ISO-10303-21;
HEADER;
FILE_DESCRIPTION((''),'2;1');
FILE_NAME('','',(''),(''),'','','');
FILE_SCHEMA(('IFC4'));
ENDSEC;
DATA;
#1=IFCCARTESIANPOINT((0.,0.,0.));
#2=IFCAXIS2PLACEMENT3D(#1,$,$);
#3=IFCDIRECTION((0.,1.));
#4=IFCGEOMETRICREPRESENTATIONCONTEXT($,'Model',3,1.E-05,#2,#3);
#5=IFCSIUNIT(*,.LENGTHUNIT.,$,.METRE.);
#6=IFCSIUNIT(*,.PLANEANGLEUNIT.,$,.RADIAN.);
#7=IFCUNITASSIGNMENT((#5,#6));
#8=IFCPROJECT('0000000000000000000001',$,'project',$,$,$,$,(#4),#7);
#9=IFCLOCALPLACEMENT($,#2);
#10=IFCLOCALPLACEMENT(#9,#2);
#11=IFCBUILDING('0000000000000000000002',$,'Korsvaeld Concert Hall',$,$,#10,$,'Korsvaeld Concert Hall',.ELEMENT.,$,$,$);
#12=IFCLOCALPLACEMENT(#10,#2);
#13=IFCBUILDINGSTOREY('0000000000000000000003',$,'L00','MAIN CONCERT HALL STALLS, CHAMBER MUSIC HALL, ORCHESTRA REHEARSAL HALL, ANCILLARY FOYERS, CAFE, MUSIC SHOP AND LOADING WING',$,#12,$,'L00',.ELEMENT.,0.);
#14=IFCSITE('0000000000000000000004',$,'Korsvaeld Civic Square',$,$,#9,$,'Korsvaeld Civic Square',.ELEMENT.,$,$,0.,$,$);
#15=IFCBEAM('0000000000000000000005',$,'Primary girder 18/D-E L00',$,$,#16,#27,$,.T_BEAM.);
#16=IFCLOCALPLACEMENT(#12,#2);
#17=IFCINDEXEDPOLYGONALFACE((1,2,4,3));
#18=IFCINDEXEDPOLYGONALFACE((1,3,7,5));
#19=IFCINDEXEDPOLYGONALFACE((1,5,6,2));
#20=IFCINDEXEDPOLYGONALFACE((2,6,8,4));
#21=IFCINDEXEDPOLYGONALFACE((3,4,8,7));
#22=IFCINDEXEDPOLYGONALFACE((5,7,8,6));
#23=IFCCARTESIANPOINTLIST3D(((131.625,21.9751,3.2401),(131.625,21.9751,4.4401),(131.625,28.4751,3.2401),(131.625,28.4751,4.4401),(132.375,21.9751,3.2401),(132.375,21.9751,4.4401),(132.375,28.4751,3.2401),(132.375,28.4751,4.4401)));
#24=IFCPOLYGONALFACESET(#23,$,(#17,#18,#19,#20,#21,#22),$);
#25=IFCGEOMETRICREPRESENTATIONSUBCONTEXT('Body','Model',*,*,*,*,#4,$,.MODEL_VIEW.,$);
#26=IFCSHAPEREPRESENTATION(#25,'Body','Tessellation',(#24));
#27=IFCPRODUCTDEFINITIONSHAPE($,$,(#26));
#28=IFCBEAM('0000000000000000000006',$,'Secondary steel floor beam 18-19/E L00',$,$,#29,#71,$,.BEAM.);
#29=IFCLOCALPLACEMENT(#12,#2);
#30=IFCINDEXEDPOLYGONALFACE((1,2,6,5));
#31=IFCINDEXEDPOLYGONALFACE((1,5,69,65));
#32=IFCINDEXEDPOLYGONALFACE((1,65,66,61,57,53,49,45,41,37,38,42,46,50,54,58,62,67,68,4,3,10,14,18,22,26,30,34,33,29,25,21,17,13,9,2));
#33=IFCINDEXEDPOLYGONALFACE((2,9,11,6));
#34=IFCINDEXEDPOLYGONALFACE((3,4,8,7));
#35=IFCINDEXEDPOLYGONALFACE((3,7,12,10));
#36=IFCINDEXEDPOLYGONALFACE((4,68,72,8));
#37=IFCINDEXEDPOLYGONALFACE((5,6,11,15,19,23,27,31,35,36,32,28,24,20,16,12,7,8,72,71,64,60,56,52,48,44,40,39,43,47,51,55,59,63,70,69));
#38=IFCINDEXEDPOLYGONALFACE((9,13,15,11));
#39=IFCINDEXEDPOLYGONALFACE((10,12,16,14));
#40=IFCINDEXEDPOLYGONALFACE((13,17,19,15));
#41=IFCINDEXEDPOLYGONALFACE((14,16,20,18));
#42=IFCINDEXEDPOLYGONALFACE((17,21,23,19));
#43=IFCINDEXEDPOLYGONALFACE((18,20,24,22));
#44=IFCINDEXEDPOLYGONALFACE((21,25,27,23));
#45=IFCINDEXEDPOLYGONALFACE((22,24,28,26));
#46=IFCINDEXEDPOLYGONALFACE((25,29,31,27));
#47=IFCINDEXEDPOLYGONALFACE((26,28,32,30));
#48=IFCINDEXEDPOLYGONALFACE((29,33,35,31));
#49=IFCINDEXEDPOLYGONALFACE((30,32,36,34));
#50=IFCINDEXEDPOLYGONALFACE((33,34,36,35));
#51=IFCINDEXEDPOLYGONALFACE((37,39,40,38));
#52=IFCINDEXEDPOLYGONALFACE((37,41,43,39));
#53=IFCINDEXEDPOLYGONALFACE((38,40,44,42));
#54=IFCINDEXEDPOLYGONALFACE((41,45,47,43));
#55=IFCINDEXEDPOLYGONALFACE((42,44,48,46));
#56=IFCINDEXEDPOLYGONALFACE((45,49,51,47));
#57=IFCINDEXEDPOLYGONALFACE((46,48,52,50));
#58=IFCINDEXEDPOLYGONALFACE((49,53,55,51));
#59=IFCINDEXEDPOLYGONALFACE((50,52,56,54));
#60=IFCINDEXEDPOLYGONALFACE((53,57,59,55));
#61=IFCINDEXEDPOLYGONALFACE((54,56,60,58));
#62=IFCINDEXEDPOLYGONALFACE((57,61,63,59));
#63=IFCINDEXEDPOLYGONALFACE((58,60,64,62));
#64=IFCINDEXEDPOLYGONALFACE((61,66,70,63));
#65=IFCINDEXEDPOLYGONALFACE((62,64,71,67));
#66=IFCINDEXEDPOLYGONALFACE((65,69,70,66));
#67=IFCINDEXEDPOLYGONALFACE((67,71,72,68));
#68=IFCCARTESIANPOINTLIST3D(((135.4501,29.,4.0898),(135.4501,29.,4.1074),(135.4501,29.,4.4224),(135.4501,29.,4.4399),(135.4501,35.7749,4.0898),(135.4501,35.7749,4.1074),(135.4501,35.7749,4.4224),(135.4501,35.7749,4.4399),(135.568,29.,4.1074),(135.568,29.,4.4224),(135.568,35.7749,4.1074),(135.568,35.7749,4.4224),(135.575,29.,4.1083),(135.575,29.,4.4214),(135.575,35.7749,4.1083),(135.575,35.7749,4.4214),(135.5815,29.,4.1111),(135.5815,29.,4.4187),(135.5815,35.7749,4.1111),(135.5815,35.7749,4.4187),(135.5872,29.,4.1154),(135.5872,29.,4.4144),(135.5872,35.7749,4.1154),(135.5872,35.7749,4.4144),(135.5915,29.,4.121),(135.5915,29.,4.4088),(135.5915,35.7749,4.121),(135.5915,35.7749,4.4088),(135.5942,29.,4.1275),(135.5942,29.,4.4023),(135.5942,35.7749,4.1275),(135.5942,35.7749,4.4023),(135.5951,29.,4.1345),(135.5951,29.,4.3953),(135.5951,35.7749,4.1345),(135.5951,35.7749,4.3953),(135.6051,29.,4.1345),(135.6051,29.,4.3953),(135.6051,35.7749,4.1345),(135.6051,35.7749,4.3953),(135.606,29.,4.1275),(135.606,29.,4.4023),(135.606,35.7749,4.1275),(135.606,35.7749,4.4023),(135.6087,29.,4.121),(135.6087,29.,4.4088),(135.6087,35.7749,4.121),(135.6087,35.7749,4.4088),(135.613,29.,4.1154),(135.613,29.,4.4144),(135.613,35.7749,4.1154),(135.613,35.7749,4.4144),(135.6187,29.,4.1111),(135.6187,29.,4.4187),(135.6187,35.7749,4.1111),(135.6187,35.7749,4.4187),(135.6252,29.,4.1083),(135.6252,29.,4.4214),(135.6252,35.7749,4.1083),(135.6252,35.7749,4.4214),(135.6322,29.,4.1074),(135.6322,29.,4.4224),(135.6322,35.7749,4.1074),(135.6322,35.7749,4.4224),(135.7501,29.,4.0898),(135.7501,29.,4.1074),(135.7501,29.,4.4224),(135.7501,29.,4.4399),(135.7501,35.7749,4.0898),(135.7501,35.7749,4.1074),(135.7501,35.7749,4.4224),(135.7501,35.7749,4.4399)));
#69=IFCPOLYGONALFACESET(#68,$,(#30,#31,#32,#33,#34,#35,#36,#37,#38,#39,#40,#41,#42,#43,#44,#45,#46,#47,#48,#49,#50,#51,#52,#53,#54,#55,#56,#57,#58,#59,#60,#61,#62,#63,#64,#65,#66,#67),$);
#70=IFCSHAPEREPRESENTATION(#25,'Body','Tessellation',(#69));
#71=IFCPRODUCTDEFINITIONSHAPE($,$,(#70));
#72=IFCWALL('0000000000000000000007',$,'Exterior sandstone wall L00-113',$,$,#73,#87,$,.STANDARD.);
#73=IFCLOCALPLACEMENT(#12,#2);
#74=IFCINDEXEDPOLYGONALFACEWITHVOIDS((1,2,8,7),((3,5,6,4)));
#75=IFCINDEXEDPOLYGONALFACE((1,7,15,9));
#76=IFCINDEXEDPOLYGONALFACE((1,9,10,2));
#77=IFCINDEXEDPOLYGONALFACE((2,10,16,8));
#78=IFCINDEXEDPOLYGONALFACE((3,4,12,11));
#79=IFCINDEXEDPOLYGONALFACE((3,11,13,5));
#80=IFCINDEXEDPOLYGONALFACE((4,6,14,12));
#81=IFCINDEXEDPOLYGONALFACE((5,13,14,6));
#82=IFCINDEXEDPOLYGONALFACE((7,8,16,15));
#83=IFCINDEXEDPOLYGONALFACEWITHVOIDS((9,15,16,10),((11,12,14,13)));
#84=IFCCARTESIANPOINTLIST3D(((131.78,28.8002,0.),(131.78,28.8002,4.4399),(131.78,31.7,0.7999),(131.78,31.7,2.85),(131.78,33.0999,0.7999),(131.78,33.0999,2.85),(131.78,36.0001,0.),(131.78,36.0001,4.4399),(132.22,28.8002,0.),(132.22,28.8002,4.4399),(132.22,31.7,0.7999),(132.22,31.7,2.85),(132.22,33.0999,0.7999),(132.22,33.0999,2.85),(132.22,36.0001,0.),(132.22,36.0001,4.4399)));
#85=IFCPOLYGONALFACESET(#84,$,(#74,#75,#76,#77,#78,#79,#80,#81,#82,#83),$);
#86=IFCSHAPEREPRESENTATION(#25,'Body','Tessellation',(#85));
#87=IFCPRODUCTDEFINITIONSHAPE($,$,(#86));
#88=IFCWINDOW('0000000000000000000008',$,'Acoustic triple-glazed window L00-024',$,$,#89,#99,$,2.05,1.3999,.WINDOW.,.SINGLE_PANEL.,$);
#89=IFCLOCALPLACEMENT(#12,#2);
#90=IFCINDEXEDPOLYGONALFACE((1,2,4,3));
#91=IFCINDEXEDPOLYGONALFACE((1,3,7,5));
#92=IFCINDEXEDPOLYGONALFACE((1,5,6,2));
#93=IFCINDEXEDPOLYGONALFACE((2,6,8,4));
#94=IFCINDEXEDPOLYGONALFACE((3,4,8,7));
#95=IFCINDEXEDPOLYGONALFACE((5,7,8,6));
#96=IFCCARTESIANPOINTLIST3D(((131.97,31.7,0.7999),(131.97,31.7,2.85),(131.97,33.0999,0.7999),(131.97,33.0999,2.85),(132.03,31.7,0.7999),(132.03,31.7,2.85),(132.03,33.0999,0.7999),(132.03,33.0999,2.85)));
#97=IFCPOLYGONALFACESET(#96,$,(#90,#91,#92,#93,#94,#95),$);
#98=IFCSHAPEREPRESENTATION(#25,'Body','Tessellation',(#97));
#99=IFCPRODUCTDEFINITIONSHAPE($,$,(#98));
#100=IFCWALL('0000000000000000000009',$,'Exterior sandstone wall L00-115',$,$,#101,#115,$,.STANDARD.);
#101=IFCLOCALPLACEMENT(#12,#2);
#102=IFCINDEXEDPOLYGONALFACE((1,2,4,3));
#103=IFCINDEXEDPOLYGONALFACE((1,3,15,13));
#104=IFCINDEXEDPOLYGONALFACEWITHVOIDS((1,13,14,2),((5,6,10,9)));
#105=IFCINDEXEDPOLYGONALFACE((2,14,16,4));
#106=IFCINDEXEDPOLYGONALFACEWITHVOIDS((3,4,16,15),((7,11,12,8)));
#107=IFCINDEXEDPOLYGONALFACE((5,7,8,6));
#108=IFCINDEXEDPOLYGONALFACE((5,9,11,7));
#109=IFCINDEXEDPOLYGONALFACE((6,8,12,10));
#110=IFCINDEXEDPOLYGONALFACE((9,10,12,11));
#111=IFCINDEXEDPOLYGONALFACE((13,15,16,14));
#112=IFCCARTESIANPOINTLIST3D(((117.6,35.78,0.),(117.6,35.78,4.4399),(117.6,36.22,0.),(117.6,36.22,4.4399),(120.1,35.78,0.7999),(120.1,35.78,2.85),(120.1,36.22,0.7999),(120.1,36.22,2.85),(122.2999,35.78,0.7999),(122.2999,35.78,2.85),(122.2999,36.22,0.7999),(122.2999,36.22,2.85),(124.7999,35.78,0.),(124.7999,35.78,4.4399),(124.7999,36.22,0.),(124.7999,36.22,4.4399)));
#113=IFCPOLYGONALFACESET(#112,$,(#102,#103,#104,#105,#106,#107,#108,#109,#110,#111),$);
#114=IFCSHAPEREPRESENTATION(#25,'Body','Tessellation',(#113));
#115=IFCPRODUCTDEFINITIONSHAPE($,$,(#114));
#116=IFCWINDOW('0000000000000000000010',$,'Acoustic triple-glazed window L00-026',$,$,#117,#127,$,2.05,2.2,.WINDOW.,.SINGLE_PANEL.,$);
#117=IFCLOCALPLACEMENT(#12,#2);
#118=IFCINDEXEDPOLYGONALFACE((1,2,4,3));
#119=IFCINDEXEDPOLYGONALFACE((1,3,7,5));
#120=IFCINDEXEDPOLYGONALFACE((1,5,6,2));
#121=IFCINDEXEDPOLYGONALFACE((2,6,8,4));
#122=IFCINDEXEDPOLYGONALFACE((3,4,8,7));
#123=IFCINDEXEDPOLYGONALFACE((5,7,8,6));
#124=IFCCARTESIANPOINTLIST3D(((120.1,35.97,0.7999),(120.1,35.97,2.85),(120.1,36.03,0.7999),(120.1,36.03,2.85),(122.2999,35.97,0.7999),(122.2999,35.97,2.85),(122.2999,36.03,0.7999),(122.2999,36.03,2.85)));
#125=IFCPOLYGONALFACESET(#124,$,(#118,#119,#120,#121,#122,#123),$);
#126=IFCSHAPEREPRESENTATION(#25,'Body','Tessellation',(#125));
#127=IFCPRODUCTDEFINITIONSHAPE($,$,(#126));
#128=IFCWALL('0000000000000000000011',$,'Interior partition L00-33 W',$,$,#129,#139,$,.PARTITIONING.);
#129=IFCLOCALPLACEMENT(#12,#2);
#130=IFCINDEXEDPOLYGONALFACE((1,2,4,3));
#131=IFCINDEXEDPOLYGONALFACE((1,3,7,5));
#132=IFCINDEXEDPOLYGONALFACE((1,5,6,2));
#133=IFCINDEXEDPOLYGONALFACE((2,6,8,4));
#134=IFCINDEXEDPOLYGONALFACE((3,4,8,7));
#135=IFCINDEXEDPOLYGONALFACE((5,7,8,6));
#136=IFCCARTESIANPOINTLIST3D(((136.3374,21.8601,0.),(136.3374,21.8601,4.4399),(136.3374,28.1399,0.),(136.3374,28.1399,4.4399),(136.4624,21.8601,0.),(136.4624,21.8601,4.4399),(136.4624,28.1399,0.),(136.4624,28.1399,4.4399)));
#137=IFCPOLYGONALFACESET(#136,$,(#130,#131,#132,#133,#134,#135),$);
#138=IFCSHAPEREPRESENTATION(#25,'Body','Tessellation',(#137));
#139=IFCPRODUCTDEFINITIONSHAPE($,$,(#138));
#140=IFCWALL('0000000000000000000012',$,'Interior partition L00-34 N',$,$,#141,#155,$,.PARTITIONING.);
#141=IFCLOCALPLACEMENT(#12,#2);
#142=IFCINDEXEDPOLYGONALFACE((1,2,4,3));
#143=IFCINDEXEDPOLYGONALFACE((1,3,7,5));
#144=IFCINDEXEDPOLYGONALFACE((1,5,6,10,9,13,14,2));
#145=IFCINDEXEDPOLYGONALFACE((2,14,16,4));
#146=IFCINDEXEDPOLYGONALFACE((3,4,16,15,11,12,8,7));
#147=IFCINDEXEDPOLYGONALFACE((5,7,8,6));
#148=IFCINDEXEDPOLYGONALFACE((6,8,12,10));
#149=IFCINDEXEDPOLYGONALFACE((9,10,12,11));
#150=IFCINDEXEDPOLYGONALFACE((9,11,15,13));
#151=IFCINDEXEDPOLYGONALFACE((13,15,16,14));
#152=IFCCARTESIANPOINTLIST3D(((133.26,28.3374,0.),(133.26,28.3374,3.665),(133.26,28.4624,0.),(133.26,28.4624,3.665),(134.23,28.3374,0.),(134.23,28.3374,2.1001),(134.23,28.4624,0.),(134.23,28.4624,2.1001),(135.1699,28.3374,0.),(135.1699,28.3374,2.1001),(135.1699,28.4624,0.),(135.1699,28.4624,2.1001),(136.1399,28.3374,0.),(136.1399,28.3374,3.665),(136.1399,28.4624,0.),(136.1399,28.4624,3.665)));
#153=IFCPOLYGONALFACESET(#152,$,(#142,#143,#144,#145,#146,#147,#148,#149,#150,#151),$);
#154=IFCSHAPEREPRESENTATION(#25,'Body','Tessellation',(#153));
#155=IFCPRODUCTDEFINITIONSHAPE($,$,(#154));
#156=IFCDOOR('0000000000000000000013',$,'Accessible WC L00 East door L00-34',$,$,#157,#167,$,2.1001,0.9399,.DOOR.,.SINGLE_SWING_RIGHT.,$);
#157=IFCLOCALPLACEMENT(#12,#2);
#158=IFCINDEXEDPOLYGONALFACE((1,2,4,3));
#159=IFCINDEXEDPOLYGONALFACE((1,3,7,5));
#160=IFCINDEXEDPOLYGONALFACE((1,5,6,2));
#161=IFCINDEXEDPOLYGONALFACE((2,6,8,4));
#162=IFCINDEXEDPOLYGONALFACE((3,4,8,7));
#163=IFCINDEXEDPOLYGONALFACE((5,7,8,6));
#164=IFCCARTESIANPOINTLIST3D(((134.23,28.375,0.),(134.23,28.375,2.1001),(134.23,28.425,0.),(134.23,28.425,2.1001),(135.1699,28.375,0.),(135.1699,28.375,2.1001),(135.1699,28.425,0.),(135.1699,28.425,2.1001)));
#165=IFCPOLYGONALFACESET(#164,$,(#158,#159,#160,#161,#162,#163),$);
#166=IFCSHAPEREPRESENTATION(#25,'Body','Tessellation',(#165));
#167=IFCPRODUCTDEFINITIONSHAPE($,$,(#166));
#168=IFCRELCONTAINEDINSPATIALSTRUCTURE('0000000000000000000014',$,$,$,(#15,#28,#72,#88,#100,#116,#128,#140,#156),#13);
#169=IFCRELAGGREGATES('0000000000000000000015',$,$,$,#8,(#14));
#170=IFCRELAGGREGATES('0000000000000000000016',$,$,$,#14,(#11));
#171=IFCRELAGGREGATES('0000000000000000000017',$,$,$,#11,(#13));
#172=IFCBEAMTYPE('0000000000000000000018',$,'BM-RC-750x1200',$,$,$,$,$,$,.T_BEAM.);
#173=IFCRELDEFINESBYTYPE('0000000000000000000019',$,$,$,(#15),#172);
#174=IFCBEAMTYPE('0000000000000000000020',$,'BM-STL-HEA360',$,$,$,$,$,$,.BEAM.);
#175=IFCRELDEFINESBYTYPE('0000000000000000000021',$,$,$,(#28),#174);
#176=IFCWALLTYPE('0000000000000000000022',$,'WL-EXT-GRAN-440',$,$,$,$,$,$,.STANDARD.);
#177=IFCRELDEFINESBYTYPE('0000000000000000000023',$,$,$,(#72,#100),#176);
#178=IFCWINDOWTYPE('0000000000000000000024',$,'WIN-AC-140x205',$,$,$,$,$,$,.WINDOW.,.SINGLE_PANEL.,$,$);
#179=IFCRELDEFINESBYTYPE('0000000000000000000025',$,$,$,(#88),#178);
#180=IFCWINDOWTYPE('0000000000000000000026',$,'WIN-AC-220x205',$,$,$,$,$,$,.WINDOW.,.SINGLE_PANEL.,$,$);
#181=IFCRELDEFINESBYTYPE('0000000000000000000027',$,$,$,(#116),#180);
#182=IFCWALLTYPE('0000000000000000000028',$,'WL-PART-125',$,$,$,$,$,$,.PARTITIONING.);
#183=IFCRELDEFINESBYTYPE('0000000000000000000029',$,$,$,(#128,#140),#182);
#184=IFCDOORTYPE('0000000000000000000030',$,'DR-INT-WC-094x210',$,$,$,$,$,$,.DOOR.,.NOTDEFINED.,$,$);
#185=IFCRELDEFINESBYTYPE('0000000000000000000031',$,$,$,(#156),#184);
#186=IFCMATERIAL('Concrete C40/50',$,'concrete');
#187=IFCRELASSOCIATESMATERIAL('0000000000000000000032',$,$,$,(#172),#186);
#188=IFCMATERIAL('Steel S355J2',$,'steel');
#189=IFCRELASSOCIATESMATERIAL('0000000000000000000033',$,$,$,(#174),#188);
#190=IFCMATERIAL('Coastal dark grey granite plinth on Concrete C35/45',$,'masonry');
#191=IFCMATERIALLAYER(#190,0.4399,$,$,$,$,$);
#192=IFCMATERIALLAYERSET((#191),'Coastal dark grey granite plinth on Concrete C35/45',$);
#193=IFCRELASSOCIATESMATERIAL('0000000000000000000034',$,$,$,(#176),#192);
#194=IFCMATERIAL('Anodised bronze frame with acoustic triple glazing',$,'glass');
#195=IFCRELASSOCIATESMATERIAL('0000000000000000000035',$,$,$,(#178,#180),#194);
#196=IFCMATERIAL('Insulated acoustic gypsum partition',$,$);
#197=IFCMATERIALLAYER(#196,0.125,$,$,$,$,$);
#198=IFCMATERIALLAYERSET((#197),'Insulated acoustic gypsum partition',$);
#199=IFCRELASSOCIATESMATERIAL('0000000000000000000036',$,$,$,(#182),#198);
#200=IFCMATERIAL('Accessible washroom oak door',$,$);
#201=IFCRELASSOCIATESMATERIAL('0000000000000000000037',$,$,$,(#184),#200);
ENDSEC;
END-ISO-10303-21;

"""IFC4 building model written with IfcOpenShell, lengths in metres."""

from ifc_helpers import new_model, si_unit, direction, frame, frame_2d, origin, origin_2d, place, context, subcontext, project, spatial, rectangle, i_section, extrude, material, layer, layer_set, material_profile, profile_set, type_object, element, fill, save


model = new_model("IFC4")

# Units and contexts
model_context = context("Model", 3, precision=1e-05, world=origin(), true_north=direction((0.0, 1.0)))
body_context = subcontext(model_context, "Body", "Model", "MODEL_VIEW")
ifc_project = project(units=[si_unit("LENGTHUNIT", "METRE"), si_unit("PLANEANGLEUNIT", "RADIAN")], contexts=[model_context])

# Site, building, storey
site_placement = place(None, origin())
site = spatial("IfcSite", under=ifc_project, at=site_placement, Name="Korsvaeld Civic Square", LongName="Korsvaeld Civic Square", CompositionType="ELEMENT", RefElevation=0.0)
building_placement = place(site_placement, origin())
building = spatial("IfcBuilding", under=site, at=building_placement, Name="Korsvaeld Concert Hall", LongName="Korsvaeld Concert Hall", CompositionType="ELEMENT")
storey_placement = place(building_placement, origin())
storey = spatial("IfcBuildingStorey", under=building, at=storey_placement, Name="L00", Description="MAIN CONCERT HALL STALLS, CHAMBER MUSIC HALL, ORCHESTRA REHEARSAL HALL, ANCILLARY FOYERS, CAFE, MUSIC SHOP AND LOADING WING", LongName="L00", CompositionType="ELEMENT", Elevation=0.0)

# Shared definitions
ifc_material_1 = material(Name="Concrete C40/50", Category="concrete")

# Beams
ifc_material_profile_1 = material_profile(ifc_material_1, rectangle(XDim=0.75, YDim=1.2, at=origin_2d()), Name="RC 750x1200")
ifc_profile_set_1 = profile_set([ifc_material_profile_1], Name="Concrete C40/50")
beam_type_1 = type_object("IfcBeamType", Name="BM-RC-750x1200", PredefinedType="T_BEAM", material=ifc_profile_set_1)
beam_1_placement = place(storey_placement, frame((132.0, 21.9751, 3.8401), z_axis=(0.0, 1.0, 0.0), x_axis=(-1.0, 0.0, 0.0)))
element("IfcBeam", 1, at=beam_1_placement, inside=storey, type_object=beam_type_1, Name="Primary girder 18/D-E L00", PredefinedType="T_BEAM", context=body_context, shape_type="SweptSolid", body=[
    extrude(rectangle(XDim=0.75, YDim=1.2, at=origin_2d()), origin(), (0.0, 0.0, 1.0), 6.5),
])
ifc_material_2 = material(Name="Steel S355J2", Category="steel")
ifc_material_profile_2 = material_profile(ifc_material_2, i_section(OverallWidth=0.3, OverallDepth=0.3501, WebThickness=0.01, FlangeThickness=0.0176, FilletRadius=0.0271, at=origin_2d()), Name="HEA 360")
ifc_profile_set_2 = profile_set([ifc_material_profile_2], Name="Steel S355J2")
beam_type_2 = type_object("IfcBeamType", Name="BM-STL-HEA360", PredefinedType="BEAM", material=ifc_profile_set_2)
beam_2_placement = place(storey_placement, frame((135.6001, 29.0, 4.2649), z_axis=(0.0, 1.0, 0.0), x_axis=(-1.0, 0.0, 0.0)))
element("IfcBeam", 2, at=beam_2_placement, inside=storey, type_object=beam_type_2, Name="Secondary steel floor beam 18-19/E L00", PredefinedType="BEAM", context=body_context, shape_type="SweptSolid", body=[
    extrude(i_section(OverallWidth=0.3, OverallDepth=0.3501, WebThickness=0.01, FlangeThickness=0.0176, FilletRadius=0.0271, at=origin_2d()), origin(), (0.0, 0.0, 1.0), 6.7749),
])

# Walls, openings, windows
ifc_material_3 = material(Name="Coastal dark grey granite plinth on Concrete C35/45", Category="masonry")
ifc_layer_1 = layer(ifc_material_3, 0.4399)
ifc_layer_set_1 = layer_set([ifc_layer_1], Name="Coastal dark grey granite plinth on Concrete C35/45")
wall_type_1 = type_object("IfcWallType", Name="WL-EXT-GRAN-440", PredefinedType="STANDARD", material=ifc_layer_set_1)
wall_1_placement = place(storey_placement, frame((132.0, 28.8, 0.0), z_axis=(0.0, 0.0, 1.0), x_axis=(0.0, 1.0, 0.0)))
wall_1 = element("IfcWall", 3, at=wall_1_placement, inside=storey, type_object=wall_type_1, Name="Exterior sandstone wall L00-113", PredefinedType="STANDARD", context=body_context, shape_type="SweptSolid", body=[
    extrude(rectangle(XDim=7.2, YDim=0.4399, at=frame_2d((3.6001, 0.0))), origin(), (0.0, 0.0, 1.0), 4.4399),
])
opening_1_placement = place(wall_1_placement, frame((2.8999, 0.0, 0.8)))
opening_1 = element("IfcOpeningElement", 4, at=opening_1_placement, cuts=wall_1, PredefinedType="OPENING", context=body_context, shape_type="SweptSolid", body=[
    extrude(rectangle(XDim=1.3999, YDim=2.05, at=frame_2d((0.7, 1.0249))), frame((0.0, 0.23, 0.0), z_axis=(0.0, -1.0, 0.0), x_axis=(1.0, 0.0, 0.0)), (0.0, 0.0, 1.0), 0.46),
])
ifc_material_4 = material(Name="Anodised bronze frame with acoustic triple glazing", Category="glass")
window_type_1 = type_object("IfcWindowType", Name="WIN-AC-140x205", PartitioningType="SINGLE_PANEL", PredefinedType="WINDOW", material=ifc_material_4)
window_1_placement = place(opening_1_placement, origin())
window_1 = element("IfcWindow", 5, at=window_1_placement, inside=storey, type_object=window_type_1, Name="Acoustic triple-glazed window L00-024", OverallHeight=2.05, OverallWidth=1.3999, PartitioningType="SINGLE_PANEL", PredefinedType="WINDOW", context=body_context, shape_type="SweptSolid", body=[
    extrude(rectangle(XDim=1.3999, YDim=2.05, at=frame_2d((0.7, 1.0249))), frame((0.0, 0.03, 0.0), z_axis=(0.0, -1.0, 0.0), x_axis=(1.0, 0.0, 0.0)), (0.0, 0.0, 1.0), 0.0601),
])
fill(opening_1, window_1)
wall_2_placement = place(storey_placement, frame((124.8, 36.0, 0.0), z_axis=(0.0, 0.0, 1.0), x_axis=(-1.0, 0.0, 0.0)))
wall_2 = element("IfcWall", 6, at=wall_2_placement, inside=storey, type_object=wall_type_1, Name="Exterior sandstone wall L00-115", PredefinedType="STANDARD", context=body_context, shape_type="SweptSolid", body=[
    extrude(rectangle(XDim=7.2, YDim=0.4399, at=frame_2d((3.6001, 0.0))), origin(), (0.0, 0.0, 1.0), 4.4399),
])
opening_2_placement = place(wall_2_placement, frame((2.5, 0.0, 0.8)))
opening_2 = element("IfcOpeningElement", 7, at=opening_2_placement, cuts=wall_2, PredefinedType="OPENING", context=body_context, shape_type="SweptSolid", body=[
    extrude(rectangle(XDim=2.2, YDim=2.05, at=frame_2d((1.1001, 1.0249))), frame((0.0, 0.23, 0.0), z_axis=(0.0, -1.0, 0.0), x_axis=(1.0, 0.0, 0.0)), (0.0, 0.0, 1.0), 0.46),
])
window_type_2 = type_object("IfcWindowType", Name="WIN-AC-220x205", PartitioningType="SINGLE_PANEL", PredefinedType="WINDOW", material=ifc_material_4)
window_2_placement = place(opening_2_placement, origin())
window_2 = element("IfcWindow", 8, at=window_2_placement, inside=storey, type_object=window_type_2, Name="Acoustic triple-glazed window L00-026", OverallHeight=2.05, OverallWidth=2.2, PartitioningType="SINGLE_PANEL", PredefinedType="WINDOW", context=body_context, shape_type="SweptSolid", body=[
    extrude(rectangle(XDim=2.2, YDim=2.05, at=frame_2d((1.1001, 1.0249))), frame((0.0, 0.03, 0.0), z_axis=(0.0, -1.0, 0.0), x_axis=(1.0, 0.0, 0.0)), (0.0, 0.0, 1.0), 0.0601),
])
fill(opening_2, window_2)

# Wall
ifc_material_5 = material(Name="Insulated acoustic gypsum partition")
ifc_layer_2 = layer(ifc_material_5, 0.125)
ifc_layer_set_2 = layer_set([ifc_layer_2], Name="Insulated acoustic gypsum partition")
wall_type_2 = type_object("IfcWallType", Name="WL-PART-125", PredefinedType="PARTITIONING", material=ifc_layer_set_2)
wall_3_placement = place(storey_placement, frame((136.3999, 28.1399, 0.0), z_axis=(0.0, 0.0, 1.0), x_axis=(0.0, -1.0, 0.0)))
element("IfcWall", 9, at=wall_3_placement, inside=storey, type_object=wall_type_2, Name="Interior partition L00-33 W", PredefinedType="PARTITIONING", context=body_context, shape_type="SweptSolid", body=[
    extrude(rectangle(XDim=6.2798, YDim=0.125, at=frame_2d((3.1399, 0.0))), origin(), (0.0, 0.0, 1.0), 4.4399),
])

# Wall, opening, door
wall_4_placement = place(storey_placement, frame((136.1399, 28.3999, 0.0), z_axis=(0.0, 0.0, 1.0), x_axis=(-1.0, 0.0, 0.0)))
wall_4 = element("IfcWall", 10, at=wall_4_placement, inside=storey, type_object=wall_type_2, Name="Interior partition L00-34 N", PredefinedType="PARTITIONING", context=body_context, shape_type="SweptSolid", body=[
    extrude(rectangle(XDim=2.8799, YDim=0.125, at=frame_2d((1.4399, 0.0))), origin(), (0.0, 0.0, 1.0), 3.665),
])
opening_3_placement = place(wall_4_placement, frame((0.97, 0.0, 0.0)))
opening_3 = element("IfcOpeningElement", 11, at=opening_3_placement, cuts=wall_4, PredefinedType="OPENING", context=body_context, shape_type="SweptSolid", body=[
    extrude(rectangle(XDim=0.9399, YDim=2.1001, at=frame_2d((0.47, 1.05))), frame((0.0, 0.0725, 0.0), z_axis=(0.0, -1.0, 0.0), x_axis=(1.0, 0.0, 0.0)), (0.0, 0.0, 1.0), 0.145),
])
ifc_material_6 = material(Name="Accessible washroom oak door")
door_type = type_object("IfcDoorType", Name="DR-INT-WC-094x210", OperationType="NOTDEFINED", PredefinedType="DOOR", material=ifc_material_6)
door_placement = place(opening_3_placement, origin())
door = element("IfcDoor", 12, at=door_placement, inside=storey, type_object=door_type, Name="Accessible WC L00 East door L00-34", OperationType="SINGLE_SWING_RIGHT", OverallHeight=2.1001, OverallWidth=0.9399, PredefinedType="DOOR", context=body_context, shape_type="SweptSolid", body=[
    extrude(rectangle(XDim=0.9399, YDim=2.1001, at=frame_2d((0.47, 1.05))), frame((0.0, 0.0249, 0.0), z_axis=(0.0, -1.0, 0.0), x_axis=(1.0, 0.0, 0.0)), (0.0, 0.0, 1.0), 0.05),
])
fill(opening_3, door)

save(model, "model.ifc")
